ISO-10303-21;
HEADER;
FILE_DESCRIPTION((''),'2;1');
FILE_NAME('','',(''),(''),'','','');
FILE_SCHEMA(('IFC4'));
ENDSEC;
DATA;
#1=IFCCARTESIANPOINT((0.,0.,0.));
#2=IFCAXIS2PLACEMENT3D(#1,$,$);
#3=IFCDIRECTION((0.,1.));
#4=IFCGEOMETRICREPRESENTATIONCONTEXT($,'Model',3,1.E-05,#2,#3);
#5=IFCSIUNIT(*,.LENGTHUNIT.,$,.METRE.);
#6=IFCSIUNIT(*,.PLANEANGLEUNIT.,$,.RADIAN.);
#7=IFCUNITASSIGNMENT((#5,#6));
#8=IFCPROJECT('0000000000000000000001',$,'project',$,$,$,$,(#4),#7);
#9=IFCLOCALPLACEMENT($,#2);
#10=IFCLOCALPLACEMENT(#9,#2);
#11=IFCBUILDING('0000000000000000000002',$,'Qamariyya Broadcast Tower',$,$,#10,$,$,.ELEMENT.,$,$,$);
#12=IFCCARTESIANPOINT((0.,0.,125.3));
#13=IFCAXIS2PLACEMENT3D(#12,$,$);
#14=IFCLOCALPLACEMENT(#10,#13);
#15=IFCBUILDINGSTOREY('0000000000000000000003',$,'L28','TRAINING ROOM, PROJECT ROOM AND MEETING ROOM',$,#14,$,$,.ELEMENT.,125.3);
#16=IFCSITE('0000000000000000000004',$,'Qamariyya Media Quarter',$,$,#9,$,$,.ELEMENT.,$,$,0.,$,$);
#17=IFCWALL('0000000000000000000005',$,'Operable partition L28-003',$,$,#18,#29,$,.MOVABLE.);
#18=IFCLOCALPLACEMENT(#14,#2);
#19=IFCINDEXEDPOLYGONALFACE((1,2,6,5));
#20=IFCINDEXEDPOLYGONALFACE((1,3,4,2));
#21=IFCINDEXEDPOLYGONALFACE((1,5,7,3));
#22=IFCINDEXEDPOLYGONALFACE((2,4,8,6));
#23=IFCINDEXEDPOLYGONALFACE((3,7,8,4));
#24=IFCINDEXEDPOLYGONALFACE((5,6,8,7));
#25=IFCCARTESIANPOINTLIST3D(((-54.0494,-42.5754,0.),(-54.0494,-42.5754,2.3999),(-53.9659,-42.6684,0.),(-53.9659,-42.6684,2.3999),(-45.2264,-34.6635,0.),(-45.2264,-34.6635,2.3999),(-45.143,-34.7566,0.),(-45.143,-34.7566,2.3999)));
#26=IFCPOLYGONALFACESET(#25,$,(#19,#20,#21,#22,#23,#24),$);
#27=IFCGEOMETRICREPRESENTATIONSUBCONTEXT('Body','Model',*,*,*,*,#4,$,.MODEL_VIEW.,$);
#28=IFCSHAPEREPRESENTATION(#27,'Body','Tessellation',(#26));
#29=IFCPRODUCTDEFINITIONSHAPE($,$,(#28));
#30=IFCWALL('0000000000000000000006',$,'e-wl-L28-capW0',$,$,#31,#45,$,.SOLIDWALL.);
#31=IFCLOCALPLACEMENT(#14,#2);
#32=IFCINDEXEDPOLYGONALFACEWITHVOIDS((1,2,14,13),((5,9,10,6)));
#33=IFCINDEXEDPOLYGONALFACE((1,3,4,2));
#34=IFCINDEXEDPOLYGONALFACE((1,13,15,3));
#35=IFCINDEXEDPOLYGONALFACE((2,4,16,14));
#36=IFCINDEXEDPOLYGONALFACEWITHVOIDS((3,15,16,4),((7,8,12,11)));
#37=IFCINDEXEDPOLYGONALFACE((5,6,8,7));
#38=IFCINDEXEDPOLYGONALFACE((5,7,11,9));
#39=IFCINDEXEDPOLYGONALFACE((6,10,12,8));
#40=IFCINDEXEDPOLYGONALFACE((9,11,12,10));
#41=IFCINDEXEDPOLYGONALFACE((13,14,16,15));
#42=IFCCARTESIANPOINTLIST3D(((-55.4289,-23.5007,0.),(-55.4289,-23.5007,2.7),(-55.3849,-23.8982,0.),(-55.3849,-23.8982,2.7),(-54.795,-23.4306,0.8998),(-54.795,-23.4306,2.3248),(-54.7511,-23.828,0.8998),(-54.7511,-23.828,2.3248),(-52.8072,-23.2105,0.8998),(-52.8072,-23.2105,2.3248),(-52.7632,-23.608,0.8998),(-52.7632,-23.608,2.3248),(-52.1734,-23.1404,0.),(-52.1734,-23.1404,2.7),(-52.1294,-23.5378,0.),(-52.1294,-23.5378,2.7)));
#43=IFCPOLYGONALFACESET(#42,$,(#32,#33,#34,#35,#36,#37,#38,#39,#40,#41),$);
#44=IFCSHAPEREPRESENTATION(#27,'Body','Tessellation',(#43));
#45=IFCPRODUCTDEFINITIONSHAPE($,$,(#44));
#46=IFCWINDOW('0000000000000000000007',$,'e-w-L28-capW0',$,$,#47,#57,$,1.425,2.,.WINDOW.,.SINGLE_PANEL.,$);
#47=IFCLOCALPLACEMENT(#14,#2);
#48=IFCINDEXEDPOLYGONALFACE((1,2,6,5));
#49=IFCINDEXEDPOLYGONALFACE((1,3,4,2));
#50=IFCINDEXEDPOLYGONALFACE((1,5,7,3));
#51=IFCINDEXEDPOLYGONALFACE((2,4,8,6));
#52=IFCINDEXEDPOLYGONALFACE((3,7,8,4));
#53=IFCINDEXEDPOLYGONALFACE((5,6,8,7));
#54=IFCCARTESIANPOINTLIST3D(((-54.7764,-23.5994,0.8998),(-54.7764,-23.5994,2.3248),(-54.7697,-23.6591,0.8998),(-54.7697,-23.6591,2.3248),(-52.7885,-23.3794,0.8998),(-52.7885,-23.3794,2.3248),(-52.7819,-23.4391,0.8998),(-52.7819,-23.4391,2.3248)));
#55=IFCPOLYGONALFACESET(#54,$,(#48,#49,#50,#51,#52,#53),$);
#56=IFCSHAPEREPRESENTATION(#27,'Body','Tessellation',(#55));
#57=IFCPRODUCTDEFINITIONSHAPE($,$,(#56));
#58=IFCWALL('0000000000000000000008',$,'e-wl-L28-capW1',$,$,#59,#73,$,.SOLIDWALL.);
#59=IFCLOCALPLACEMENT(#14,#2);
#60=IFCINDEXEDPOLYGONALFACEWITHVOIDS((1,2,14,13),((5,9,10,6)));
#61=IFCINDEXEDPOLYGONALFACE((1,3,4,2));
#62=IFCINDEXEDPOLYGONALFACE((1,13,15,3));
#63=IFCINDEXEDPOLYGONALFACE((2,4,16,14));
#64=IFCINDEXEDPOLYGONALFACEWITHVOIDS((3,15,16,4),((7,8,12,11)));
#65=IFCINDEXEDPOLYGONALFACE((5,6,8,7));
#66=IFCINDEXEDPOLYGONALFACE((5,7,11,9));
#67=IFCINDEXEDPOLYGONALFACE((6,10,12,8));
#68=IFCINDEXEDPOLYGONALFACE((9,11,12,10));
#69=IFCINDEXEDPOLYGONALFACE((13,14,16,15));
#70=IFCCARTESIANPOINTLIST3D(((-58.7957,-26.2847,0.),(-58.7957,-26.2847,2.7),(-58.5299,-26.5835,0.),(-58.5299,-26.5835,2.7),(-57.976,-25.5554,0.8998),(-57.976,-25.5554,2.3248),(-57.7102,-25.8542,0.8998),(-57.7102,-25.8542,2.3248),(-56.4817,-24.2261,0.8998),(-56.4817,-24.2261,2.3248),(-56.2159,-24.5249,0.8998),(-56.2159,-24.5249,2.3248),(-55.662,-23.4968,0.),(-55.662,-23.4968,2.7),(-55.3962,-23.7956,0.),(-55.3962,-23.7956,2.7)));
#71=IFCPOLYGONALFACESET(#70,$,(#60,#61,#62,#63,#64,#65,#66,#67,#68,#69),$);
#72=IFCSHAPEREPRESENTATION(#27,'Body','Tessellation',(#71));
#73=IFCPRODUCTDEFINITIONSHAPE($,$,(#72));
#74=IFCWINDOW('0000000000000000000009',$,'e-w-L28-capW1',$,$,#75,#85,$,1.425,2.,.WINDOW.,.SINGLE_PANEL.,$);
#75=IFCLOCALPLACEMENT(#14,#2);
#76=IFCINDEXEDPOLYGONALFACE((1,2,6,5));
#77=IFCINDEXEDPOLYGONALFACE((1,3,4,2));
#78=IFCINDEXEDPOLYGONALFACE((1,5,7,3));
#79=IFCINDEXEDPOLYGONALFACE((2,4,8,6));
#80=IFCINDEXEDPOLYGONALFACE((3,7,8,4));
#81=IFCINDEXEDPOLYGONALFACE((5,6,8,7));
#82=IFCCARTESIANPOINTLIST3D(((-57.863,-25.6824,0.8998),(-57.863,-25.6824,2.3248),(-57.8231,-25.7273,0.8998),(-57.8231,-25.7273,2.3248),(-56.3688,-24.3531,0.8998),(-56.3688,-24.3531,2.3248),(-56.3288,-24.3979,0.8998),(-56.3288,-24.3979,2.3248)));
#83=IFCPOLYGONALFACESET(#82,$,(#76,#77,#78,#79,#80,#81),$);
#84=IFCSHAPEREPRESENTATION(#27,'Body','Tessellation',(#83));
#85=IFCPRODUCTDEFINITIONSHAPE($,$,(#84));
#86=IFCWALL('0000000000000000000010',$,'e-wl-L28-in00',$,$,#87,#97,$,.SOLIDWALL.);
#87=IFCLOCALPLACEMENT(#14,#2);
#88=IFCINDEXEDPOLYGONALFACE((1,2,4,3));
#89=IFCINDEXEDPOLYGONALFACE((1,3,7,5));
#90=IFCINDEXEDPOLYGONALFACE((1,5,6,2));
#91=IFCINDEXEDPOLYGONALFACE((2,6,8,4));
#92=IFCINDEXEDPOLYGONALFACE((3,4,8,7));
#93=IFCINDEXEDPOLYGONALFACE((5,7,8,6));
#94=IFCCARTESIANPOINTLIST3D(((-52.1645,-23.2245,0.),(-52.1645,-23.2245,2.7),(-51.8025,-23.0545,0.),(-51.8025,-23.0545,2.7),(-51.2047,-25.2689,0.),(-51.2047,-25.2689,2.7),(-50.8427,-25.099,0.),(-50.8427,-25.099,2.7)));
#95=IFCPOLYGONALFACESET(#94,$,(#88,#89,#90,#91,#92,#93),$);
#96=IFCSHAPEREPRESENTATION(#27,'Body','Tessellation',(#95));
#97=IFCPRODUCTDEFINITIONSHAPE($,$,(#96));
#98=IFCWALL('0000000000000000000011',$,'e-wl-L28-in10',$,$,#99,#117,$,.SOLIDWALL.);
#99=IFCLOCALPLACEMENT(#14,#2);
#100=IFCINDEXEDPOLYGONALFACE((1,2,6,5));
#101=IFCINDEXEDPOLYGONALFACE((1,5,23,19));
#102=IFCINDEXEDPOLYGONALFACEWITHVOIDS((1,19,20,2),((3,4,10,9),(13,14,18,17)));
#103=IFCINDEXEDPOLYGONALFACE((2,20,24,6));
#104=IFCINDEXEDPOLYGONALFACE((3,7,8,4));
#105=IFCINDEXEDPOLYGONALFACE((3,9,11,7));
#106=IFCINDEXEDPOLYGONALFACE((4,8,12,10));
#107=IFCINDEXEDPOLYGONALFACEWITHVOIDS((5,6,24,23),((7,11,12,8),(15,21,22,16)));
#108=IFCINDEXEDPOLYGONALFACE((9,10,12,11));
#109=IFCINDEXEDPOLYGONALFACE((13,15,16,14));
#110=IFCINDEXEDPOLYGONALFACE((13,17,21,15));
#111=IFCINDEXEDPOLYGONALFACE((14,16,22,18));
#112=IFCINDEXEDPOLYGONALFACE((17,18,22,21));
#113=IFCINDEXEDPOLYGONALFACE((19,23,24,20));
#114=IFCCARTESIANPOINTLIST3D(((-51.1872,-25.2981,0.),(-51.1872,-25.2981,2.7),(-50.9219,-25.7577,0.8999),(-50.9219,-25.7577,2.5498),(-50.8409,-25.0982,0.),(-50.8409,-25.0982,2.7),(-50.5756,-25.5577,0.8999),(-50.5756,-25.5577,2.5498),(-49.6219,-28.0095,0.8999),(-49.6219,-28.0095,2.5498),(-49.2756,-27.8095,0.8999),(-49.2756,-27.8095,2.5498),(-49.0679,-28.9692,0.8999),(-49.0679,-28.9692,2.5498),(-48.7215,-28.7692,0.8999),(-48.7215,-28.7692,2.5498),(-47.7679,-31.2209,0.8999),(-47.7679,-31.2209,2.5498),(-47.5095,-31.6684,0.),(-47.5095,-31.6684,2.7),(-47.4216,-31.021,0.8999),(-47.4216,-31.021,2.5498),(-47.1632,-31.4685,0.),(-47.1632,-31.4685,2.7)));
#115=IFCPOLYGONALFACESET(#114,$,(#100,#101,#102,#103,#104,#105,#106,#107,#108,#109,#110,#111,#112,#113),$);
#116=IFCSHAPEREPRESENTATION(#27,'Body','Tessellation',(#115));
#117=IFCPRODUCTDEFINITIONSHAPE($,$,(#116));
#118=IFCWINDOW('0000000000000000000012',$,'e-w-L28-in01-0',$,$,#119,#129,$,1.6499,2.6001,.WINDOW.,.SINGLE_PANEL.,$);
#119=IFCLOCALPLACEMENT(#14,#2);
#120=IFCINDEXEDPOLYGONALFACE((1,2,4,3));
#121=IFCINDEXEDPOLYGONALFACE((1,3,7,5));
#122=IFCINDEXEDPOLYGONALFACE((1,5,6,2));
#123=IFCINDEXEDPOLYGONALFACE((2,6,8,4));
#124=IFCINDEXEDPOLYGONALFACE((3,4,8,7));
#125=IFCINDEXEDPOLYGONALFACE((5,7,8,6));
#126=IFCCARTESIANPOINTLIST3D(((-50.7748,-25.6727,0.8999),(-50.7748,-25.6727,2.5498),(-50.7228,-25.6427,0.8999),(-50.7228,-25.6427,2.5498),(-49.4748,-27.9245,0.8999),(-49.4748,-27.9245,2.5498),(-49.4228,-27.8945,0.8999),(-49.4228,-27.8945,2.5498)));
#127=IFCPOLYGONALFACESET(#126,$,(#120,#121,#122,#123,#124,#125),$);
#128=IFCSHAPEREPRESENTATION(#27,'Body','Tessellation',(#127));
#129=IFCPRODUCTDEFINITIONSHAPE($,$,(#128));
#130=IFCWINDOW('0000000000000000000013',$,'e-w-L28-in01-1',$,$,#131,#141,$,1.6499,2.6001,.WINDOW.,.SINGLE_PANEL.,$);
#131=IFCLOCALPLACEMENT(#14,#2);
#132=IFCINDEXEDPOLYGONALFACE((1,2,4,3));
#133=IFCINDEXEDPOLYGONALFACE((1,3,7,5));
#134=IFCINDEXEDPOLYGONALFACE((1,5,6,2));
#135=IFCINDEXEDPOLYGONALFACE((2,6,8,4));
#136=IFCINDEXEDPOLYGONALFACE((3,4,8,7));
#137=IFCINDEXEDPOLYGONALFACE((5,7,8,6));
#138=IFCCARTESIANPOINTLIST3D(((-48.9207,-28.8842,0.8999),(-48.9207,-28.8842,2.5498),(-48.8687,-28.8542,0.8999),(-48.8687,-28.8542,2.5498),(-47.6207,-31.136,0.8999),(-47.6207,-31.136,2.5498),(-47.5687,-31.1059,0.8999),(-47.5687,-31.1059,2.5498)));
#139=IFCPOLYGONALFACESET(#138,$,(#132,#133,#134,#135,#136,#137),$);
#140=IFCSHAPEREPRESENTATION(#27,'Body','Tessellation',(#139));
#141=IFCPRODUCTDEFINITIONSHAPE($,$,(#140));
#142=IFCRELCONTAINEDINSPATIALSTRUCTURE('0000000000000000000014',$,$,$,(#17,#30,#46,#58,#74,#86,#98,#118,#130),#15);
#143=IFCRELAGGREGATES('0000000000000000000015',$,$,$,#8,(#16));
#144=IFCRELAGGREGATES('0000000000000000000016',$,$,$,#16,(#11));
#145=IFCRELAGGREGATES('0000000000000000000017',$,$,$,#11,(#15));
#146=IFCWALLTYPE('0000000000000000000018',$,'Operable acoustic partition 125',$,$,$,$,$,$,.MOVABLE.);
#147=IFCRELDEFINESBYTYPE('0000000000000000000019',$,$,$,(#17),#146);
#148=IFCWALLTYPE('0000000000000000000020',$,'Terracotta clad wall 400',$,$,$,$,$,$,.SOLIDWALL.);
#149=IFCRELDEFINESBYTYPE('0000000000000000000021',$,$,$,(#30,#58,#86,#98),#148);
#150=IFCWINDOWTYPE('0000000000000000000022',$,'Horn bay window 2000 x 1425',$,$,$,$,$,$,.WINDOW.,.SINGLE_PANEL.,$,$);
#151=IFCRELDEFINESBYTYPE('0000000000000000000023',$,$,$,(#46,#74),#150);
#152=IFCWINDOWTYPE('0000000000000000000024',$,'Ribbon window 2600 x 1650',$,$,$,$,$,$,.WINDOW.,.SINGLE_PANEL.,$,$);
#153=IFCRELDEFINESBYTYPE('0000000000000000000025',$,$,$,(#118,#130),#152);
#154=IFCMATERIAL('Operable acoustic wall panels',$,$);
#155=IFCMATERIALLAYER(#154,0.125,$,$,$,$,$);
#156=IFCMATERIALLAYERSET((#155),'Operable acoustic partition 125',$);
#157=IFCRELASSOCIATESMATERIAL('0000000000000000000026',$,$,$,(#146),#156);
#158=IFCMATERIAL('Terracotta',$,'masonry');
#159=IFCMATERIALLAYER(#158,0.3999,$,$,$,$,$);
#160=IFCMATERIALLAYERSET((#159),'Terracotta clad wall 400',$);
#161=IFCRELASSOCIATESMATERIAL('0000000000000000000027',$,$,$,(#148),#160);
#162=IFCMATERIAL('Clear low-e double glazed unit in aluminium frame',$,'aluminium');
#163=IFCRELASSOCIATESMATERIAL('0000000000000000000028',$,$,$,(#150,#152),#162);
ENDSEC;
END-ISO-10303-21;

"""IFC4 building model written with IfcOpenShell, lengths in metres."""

from ifc_helpers import new_model, si_unit, direction, frame, frame_2d, origin, place, context, subcontext, project, spatial, rectangle, extrude, material, layer, layer_set, type_object, element, fill, save


model = new_model("IFC4")

# Units and contexts
model_context = context("Model", 3, precision=1e-05, world=origin(), true_north=direction((0.0, 1.0)))
body_context = subcontext(model_context, "Body", "Model", "MODEL_VIEW")
ifc_project = project(units=[si_unit("LENGTHUNIT", "METRE"), si_unit("PLANEANGLEUNIT", "RADIAN")], contexts=[model_context])

# Site, building, storey
site_placement = place(None, origin())
site = spatial("IfcSite", under=ifc_project, at=site_placement, Name="Qamariyya Media Quarter", CompositionType="ELEMENT", RefElevation=0.0)
building_placement = place(site_placement, origin())
building = spatial("IfcBuilding", under=site, at=building_placement, Name="Qamariyya Broadcast Tower", CompositionType="ELEMENT")
storey_placement = place(building_placement, frame((0.0, 0.0, 125.3)))
storey = spatial("IfcBuildingStorey", under=building, at=storey_placement, Name="L28", Description="TRAINING ROOM, PROJECT ROOM AND MEETING ROOM", CompositionType="ELEMENT", Elevation=125.3)

# Wall
ifc_material_1 = material(Name="Operable acoustic wall panels")
ifc_layer_1 = layer(ifc_material_1, 0.125)
ifc_layer_set_1 = layer_set([ifc_layer_1], Name="Operable acoustic partition 125")
wall_type_1 = type_object("IfcWallType", Name="Operable acoustic partition 125", PredefinedType="MOVABLE", material=ifc_layer_set_1)
wall_1_placement = place(storey_placement, frame((-54.0076, -42.6218, 0.0), z_axis=(0.0, 0.0, 1.0), x_axis=(0.744503, 0.667619, 0.0)))
element("IfcWall", 1, at=wall_1_placement, inside=storey, type_object=wall_type_1, Name="Operable partition L28-003", PredefinedType="MOVABLE", context=body_context, shape_type="SweptSolid", body=[
    extrude(rectangle(XDim=11.8508, YDim=0.125, at=frame_2d((5.9253, 0.0))), origin(), (0.0, 0.0, 1.0), 2.3999),
])

# Walls, openings, windows
ifc_material_2 = material(Name="Terracotta", Category="masonry")
ifc_layer_2 = layer(ifc_material_2, 0.3999)
ifc_layer_set_2 = layer_set([ifc_layer_2], Name="Terracotta clad wall 400")
wall_type_2 = type_object("IfcWallType", Name="Terracotta clad wall 400", PredefinedType="SOLIDWALL", material=ifc_layer_set_2)
wall_2_placement = place(storey_placement, frame((-52.1514, -23.3391, 0.0), z_axis=(0.0, 0.0, 1.0), x_axis=(-0.99393, -0.110014, 0.0)))
wall_2 = element("IfcWall", 2, at=wall_2_placement, inside=storey, type_object=wall_type_2, Name="e-wl-L28-capW0", PredefinedType="SOLIDWALL", context=body_context, shape_type="SweptSolid", body=[
    extrude(rectangle(XDim=3.2754, YDim=0.3999, at=frame_2d((1.6377, 0.0))), origin(), (0.0, 0.0, 1.0), 2.7),
])
opening_1_placement = place(wall_2_placement, frame((0.6377, 0.0, 0.8999)))
opening_1 = element("IfcOpeningElement", 3, at=opening_1_placement, cuts=wall_2, PredefinedType="OPENING", context=body_context, shape_type="SweptSolid", body=[
    extrude(rectangle(XDim=2.0, YDim=1.425, at=frame_2d((1.0, 0.7124))), frame((0.0, 0.21, 0.0), z_axis=(0.0, -1.0, 0.0), x_axis=(1.0, 0.0, 0.0)), (0.0, 0.0, 1.0), 0.4199),
])
ifc_material_3 = material(Name="Clear low-e double glazed unit in aluminium frame", Category="aluminium")
window_type_1 = type_object("IfcWindowType", Name="Horn bay window 2000 x 1425", PartitioningType="SINGLE_PANEL", PredefinedType="WINDOW", material=ifc_material_3)
window_1_placement = place(opening_1_placement, origin())
window_1 = element("IfcWindow", 4, at=window_1_placement, inside=storey, type_object=window_type_1, Name="e-w-L28-capW0", OverallHeight=1.425, OverallWidth=2.0, PartitioningType="SINGLE_PANEL", PredefinedType="WINDOW", context=body_context, shape_type="SweptSolid", body=[
    extrude(rectangle(XDim=2.0, YDim=1.425, at=frame_2d((1.0, 0.7124))), frame((0.0, 0.03, 0.0), z_axis=(0.0, -1.0, 0.0), x_axis=(1.0, 0.0, 0.0)), (0.0, 0.0, 1.0), 0.0601),
])
fill(opening_1, window_1)
wall_3_placement = place(storey_placement, frame((-55.5291, -23.6462, 0.0), z_axis=(0.0, 0.0, 1.0), x_axis=(-0.747143, -0.664664, 0.0)))
wall_3 = element("IfcWall", 5, at=wall_3_placement, inside=storey, type_object=wall_type_2, Name="e-wl-L28-capW1", PredefinedType="SOLIDWALL", context=body_context, shape_type="SweptSolid", body=[
    extrude(rectangle(XDim=4.1943, YDim=0.3999, at=frame_2d((2.0972, 0.0))), origin(), (0.0, 0.0, 1.0), 2.7),
])
opening_2_placement = place(wall_3_placement, frame((1.0972, 0.0, 0.8999)))
opening_2 = element("IfcOpeningElement", 6, at=opening_2_placement, cuts=wall_3, PredefinedType="OPENING", context=body_context, shape_type="SweptSolid", body=[
    extrude(rectangle(XDim=2.0, YDim=1.425, at=frame_2d((1.0, 0.7124))), frame((0.0, 0.21, 0.0), z_axis=(0.0, -1.0, 0.0), x_axis=(1.0, 0.0, 0.0)), (0.0, 0.0, 1.0), 0.4199),
])
window_2_placement = place(opening_2_placement, origin())
window_2 = element("IfcWindow", 7, at=window_2_placement, inside=storey, type_object=window_type_1, Name="e-w-L28-capW1", OverallHeight=1.425, OverallWidth=2.0, PartitioningType="SINGLE_PANEL", PredefinedType="WINDOW", context=body_context, shape_type="SweptSolid", body=[
    extrude(rectangle(XDim=2.0, YDim=1.425, at=frame_2d((1.0, 0.7124))), frame((0.0, 0.03, 0.0), z_axis=(0.0, -1.0, 0.0), x_axis=(1.0, 0.0, 0.0)), (0.0, 0.0, 1.0), 0.0601),
])
fill(opening_2, window_2)

# Wall
wall_4_placement = place(storey_placement, frame((-51.0237, -25.1841, 0.0), z_axis=(0.0, 0.0, 1.0), x_axis=(-0.424938, 0.905223, 0.0)))
element("IfcWall", 8, at=wall_4_placement, inside=storey, type_object=wall_type_2, Name="e-wl-L28-in00", PredefinedType="SOLIDWALL", context=body_context, shape_type="SweptSolid", body=[
    extrude(rectangle(XDim=2.2585, YDim=0.3999, at=frame_2d((1.1294, 0.0))), origin(), (0.0, 0.0, 1.0), 2.7),
])

# Wall, openings, windows
wall_5_placement = place(storey_placement, frame((-47.3364, -31.5684, 0.0), z_axis=(0.0, 0.0, 1.0), x_axis=(-0.49998, 0.866037, 0.0)))
wall_5 = element("IfcWall", 9, at=wall_5_placement, inside=storey, type_object=wall_type_2, Name="e-wl-L28-in10", PredefinedType="SOLIDWALL", context=body_context, shape_type="SweptSolid", body=[
    extrude(rectangle(XDim=7.3557, YDim=0.3999, at=frame_2d((3.6777, 0.0))), origin(), (0.0, 0.0, 1.0), 2.7),
])
opening_3_placement = place(wall_5_placement, frame((4.2249, 0.0, 0.8999)))
opening_3 = element("IfcOpeningElement", 10, at=opening_3_placement, cuts=wall_5, PredefinedType="OPENING", context=body_context, shape_type="SweptSolid", body=[
    extrude(rectangle(XDim=2.6001, YDim=1.6499, at=frame_2d((1.3, 0.825))), frame((0.0, 0.21, 0.0), z_axis=(0.0, -1.0, 0.0), x_axis=(1.0, 0.0, 0.0)), (0.0, 0.0, 1.0), 0.4199),
])
opening_4_placement = place(wall_5_placement, frame((0.5166, 0.0, 0.8999)))
opening_4 = element("IfcOpeningElement", 11, at=opening_4_placement, cuts=wall_5, PredefinedType="OPENING", context=body_context, shape_type="SweptSolid", body=[
    extrude(rectangle(XDim=2.6001, YDim=1.6499, at=frame_2d((1.3, 0.825))), frame((0.0, 0.21, 0.0), z_axis=(0.0, -1.0, 0.0), x_axis=(1.0, 0.0, 0.0)), (0.0, 0.0, 1.0), 0.4199),
])
window_type_2 = type_object("IfcWindowType", Name="Ribbon window 2600 x 1650", PartitioningType="SINGLE_PANEL", PredefinedType="WINDOW", material=ifc_material_3)
window_3_placement = place(opening_3_placement, origin())
window_3 = element("IfcWindow", 12, at=window_3_placement, inside=storey, type_object=window_type_2, Name="e-w-L28-in01-0", OverallHeight=1.6499, OverallWidth=2.6001, PartitioningType="SINGLE_PANEL", PredefinedType="WINDOW", context=body_context, shape_type="SweptSolid", body=[
    extrude(rectangle(XDim=2.6001, YDim=1.6499, at=frame_2d((1.3, 0.825))), frame((0.0, 0.03, 0.0), z_axis=(0.0, -1.0, 0.0), x_axis=(1.0, 0.0, 0.0)), (0.0, 0.0, 1.0), 0.0601),
])
fill(opening_3, window_3)
window_4_placement = place(opening_4_placement, origin())
window_4 = element("IfcWindow", 13, at=window_4_placement, inside=storey, type_object=window_type_2, Name="e-w-L28-in01-1", OverallHeight=1.6499, OverallWidth=2.6001, PartitioningType="SINGLE_PANEL", PredefinedType="WINDOW", context=body_context, shape_type="SweptSolid", body=[
    extrude(rectangle(XDim=2.6001, YDim=1.6499, at=frame_2d((1.3, 0.825))), frame((0.0, 0.03, 0.0), z_axis=(0.0, -1.0, 0.0), x_axis=(1.0, 0.0, 0.0)), (0.0, 0.0, 1.0), 0.0601),
])
fill(opening_4, window_4)

save(model, "model.ifc")
